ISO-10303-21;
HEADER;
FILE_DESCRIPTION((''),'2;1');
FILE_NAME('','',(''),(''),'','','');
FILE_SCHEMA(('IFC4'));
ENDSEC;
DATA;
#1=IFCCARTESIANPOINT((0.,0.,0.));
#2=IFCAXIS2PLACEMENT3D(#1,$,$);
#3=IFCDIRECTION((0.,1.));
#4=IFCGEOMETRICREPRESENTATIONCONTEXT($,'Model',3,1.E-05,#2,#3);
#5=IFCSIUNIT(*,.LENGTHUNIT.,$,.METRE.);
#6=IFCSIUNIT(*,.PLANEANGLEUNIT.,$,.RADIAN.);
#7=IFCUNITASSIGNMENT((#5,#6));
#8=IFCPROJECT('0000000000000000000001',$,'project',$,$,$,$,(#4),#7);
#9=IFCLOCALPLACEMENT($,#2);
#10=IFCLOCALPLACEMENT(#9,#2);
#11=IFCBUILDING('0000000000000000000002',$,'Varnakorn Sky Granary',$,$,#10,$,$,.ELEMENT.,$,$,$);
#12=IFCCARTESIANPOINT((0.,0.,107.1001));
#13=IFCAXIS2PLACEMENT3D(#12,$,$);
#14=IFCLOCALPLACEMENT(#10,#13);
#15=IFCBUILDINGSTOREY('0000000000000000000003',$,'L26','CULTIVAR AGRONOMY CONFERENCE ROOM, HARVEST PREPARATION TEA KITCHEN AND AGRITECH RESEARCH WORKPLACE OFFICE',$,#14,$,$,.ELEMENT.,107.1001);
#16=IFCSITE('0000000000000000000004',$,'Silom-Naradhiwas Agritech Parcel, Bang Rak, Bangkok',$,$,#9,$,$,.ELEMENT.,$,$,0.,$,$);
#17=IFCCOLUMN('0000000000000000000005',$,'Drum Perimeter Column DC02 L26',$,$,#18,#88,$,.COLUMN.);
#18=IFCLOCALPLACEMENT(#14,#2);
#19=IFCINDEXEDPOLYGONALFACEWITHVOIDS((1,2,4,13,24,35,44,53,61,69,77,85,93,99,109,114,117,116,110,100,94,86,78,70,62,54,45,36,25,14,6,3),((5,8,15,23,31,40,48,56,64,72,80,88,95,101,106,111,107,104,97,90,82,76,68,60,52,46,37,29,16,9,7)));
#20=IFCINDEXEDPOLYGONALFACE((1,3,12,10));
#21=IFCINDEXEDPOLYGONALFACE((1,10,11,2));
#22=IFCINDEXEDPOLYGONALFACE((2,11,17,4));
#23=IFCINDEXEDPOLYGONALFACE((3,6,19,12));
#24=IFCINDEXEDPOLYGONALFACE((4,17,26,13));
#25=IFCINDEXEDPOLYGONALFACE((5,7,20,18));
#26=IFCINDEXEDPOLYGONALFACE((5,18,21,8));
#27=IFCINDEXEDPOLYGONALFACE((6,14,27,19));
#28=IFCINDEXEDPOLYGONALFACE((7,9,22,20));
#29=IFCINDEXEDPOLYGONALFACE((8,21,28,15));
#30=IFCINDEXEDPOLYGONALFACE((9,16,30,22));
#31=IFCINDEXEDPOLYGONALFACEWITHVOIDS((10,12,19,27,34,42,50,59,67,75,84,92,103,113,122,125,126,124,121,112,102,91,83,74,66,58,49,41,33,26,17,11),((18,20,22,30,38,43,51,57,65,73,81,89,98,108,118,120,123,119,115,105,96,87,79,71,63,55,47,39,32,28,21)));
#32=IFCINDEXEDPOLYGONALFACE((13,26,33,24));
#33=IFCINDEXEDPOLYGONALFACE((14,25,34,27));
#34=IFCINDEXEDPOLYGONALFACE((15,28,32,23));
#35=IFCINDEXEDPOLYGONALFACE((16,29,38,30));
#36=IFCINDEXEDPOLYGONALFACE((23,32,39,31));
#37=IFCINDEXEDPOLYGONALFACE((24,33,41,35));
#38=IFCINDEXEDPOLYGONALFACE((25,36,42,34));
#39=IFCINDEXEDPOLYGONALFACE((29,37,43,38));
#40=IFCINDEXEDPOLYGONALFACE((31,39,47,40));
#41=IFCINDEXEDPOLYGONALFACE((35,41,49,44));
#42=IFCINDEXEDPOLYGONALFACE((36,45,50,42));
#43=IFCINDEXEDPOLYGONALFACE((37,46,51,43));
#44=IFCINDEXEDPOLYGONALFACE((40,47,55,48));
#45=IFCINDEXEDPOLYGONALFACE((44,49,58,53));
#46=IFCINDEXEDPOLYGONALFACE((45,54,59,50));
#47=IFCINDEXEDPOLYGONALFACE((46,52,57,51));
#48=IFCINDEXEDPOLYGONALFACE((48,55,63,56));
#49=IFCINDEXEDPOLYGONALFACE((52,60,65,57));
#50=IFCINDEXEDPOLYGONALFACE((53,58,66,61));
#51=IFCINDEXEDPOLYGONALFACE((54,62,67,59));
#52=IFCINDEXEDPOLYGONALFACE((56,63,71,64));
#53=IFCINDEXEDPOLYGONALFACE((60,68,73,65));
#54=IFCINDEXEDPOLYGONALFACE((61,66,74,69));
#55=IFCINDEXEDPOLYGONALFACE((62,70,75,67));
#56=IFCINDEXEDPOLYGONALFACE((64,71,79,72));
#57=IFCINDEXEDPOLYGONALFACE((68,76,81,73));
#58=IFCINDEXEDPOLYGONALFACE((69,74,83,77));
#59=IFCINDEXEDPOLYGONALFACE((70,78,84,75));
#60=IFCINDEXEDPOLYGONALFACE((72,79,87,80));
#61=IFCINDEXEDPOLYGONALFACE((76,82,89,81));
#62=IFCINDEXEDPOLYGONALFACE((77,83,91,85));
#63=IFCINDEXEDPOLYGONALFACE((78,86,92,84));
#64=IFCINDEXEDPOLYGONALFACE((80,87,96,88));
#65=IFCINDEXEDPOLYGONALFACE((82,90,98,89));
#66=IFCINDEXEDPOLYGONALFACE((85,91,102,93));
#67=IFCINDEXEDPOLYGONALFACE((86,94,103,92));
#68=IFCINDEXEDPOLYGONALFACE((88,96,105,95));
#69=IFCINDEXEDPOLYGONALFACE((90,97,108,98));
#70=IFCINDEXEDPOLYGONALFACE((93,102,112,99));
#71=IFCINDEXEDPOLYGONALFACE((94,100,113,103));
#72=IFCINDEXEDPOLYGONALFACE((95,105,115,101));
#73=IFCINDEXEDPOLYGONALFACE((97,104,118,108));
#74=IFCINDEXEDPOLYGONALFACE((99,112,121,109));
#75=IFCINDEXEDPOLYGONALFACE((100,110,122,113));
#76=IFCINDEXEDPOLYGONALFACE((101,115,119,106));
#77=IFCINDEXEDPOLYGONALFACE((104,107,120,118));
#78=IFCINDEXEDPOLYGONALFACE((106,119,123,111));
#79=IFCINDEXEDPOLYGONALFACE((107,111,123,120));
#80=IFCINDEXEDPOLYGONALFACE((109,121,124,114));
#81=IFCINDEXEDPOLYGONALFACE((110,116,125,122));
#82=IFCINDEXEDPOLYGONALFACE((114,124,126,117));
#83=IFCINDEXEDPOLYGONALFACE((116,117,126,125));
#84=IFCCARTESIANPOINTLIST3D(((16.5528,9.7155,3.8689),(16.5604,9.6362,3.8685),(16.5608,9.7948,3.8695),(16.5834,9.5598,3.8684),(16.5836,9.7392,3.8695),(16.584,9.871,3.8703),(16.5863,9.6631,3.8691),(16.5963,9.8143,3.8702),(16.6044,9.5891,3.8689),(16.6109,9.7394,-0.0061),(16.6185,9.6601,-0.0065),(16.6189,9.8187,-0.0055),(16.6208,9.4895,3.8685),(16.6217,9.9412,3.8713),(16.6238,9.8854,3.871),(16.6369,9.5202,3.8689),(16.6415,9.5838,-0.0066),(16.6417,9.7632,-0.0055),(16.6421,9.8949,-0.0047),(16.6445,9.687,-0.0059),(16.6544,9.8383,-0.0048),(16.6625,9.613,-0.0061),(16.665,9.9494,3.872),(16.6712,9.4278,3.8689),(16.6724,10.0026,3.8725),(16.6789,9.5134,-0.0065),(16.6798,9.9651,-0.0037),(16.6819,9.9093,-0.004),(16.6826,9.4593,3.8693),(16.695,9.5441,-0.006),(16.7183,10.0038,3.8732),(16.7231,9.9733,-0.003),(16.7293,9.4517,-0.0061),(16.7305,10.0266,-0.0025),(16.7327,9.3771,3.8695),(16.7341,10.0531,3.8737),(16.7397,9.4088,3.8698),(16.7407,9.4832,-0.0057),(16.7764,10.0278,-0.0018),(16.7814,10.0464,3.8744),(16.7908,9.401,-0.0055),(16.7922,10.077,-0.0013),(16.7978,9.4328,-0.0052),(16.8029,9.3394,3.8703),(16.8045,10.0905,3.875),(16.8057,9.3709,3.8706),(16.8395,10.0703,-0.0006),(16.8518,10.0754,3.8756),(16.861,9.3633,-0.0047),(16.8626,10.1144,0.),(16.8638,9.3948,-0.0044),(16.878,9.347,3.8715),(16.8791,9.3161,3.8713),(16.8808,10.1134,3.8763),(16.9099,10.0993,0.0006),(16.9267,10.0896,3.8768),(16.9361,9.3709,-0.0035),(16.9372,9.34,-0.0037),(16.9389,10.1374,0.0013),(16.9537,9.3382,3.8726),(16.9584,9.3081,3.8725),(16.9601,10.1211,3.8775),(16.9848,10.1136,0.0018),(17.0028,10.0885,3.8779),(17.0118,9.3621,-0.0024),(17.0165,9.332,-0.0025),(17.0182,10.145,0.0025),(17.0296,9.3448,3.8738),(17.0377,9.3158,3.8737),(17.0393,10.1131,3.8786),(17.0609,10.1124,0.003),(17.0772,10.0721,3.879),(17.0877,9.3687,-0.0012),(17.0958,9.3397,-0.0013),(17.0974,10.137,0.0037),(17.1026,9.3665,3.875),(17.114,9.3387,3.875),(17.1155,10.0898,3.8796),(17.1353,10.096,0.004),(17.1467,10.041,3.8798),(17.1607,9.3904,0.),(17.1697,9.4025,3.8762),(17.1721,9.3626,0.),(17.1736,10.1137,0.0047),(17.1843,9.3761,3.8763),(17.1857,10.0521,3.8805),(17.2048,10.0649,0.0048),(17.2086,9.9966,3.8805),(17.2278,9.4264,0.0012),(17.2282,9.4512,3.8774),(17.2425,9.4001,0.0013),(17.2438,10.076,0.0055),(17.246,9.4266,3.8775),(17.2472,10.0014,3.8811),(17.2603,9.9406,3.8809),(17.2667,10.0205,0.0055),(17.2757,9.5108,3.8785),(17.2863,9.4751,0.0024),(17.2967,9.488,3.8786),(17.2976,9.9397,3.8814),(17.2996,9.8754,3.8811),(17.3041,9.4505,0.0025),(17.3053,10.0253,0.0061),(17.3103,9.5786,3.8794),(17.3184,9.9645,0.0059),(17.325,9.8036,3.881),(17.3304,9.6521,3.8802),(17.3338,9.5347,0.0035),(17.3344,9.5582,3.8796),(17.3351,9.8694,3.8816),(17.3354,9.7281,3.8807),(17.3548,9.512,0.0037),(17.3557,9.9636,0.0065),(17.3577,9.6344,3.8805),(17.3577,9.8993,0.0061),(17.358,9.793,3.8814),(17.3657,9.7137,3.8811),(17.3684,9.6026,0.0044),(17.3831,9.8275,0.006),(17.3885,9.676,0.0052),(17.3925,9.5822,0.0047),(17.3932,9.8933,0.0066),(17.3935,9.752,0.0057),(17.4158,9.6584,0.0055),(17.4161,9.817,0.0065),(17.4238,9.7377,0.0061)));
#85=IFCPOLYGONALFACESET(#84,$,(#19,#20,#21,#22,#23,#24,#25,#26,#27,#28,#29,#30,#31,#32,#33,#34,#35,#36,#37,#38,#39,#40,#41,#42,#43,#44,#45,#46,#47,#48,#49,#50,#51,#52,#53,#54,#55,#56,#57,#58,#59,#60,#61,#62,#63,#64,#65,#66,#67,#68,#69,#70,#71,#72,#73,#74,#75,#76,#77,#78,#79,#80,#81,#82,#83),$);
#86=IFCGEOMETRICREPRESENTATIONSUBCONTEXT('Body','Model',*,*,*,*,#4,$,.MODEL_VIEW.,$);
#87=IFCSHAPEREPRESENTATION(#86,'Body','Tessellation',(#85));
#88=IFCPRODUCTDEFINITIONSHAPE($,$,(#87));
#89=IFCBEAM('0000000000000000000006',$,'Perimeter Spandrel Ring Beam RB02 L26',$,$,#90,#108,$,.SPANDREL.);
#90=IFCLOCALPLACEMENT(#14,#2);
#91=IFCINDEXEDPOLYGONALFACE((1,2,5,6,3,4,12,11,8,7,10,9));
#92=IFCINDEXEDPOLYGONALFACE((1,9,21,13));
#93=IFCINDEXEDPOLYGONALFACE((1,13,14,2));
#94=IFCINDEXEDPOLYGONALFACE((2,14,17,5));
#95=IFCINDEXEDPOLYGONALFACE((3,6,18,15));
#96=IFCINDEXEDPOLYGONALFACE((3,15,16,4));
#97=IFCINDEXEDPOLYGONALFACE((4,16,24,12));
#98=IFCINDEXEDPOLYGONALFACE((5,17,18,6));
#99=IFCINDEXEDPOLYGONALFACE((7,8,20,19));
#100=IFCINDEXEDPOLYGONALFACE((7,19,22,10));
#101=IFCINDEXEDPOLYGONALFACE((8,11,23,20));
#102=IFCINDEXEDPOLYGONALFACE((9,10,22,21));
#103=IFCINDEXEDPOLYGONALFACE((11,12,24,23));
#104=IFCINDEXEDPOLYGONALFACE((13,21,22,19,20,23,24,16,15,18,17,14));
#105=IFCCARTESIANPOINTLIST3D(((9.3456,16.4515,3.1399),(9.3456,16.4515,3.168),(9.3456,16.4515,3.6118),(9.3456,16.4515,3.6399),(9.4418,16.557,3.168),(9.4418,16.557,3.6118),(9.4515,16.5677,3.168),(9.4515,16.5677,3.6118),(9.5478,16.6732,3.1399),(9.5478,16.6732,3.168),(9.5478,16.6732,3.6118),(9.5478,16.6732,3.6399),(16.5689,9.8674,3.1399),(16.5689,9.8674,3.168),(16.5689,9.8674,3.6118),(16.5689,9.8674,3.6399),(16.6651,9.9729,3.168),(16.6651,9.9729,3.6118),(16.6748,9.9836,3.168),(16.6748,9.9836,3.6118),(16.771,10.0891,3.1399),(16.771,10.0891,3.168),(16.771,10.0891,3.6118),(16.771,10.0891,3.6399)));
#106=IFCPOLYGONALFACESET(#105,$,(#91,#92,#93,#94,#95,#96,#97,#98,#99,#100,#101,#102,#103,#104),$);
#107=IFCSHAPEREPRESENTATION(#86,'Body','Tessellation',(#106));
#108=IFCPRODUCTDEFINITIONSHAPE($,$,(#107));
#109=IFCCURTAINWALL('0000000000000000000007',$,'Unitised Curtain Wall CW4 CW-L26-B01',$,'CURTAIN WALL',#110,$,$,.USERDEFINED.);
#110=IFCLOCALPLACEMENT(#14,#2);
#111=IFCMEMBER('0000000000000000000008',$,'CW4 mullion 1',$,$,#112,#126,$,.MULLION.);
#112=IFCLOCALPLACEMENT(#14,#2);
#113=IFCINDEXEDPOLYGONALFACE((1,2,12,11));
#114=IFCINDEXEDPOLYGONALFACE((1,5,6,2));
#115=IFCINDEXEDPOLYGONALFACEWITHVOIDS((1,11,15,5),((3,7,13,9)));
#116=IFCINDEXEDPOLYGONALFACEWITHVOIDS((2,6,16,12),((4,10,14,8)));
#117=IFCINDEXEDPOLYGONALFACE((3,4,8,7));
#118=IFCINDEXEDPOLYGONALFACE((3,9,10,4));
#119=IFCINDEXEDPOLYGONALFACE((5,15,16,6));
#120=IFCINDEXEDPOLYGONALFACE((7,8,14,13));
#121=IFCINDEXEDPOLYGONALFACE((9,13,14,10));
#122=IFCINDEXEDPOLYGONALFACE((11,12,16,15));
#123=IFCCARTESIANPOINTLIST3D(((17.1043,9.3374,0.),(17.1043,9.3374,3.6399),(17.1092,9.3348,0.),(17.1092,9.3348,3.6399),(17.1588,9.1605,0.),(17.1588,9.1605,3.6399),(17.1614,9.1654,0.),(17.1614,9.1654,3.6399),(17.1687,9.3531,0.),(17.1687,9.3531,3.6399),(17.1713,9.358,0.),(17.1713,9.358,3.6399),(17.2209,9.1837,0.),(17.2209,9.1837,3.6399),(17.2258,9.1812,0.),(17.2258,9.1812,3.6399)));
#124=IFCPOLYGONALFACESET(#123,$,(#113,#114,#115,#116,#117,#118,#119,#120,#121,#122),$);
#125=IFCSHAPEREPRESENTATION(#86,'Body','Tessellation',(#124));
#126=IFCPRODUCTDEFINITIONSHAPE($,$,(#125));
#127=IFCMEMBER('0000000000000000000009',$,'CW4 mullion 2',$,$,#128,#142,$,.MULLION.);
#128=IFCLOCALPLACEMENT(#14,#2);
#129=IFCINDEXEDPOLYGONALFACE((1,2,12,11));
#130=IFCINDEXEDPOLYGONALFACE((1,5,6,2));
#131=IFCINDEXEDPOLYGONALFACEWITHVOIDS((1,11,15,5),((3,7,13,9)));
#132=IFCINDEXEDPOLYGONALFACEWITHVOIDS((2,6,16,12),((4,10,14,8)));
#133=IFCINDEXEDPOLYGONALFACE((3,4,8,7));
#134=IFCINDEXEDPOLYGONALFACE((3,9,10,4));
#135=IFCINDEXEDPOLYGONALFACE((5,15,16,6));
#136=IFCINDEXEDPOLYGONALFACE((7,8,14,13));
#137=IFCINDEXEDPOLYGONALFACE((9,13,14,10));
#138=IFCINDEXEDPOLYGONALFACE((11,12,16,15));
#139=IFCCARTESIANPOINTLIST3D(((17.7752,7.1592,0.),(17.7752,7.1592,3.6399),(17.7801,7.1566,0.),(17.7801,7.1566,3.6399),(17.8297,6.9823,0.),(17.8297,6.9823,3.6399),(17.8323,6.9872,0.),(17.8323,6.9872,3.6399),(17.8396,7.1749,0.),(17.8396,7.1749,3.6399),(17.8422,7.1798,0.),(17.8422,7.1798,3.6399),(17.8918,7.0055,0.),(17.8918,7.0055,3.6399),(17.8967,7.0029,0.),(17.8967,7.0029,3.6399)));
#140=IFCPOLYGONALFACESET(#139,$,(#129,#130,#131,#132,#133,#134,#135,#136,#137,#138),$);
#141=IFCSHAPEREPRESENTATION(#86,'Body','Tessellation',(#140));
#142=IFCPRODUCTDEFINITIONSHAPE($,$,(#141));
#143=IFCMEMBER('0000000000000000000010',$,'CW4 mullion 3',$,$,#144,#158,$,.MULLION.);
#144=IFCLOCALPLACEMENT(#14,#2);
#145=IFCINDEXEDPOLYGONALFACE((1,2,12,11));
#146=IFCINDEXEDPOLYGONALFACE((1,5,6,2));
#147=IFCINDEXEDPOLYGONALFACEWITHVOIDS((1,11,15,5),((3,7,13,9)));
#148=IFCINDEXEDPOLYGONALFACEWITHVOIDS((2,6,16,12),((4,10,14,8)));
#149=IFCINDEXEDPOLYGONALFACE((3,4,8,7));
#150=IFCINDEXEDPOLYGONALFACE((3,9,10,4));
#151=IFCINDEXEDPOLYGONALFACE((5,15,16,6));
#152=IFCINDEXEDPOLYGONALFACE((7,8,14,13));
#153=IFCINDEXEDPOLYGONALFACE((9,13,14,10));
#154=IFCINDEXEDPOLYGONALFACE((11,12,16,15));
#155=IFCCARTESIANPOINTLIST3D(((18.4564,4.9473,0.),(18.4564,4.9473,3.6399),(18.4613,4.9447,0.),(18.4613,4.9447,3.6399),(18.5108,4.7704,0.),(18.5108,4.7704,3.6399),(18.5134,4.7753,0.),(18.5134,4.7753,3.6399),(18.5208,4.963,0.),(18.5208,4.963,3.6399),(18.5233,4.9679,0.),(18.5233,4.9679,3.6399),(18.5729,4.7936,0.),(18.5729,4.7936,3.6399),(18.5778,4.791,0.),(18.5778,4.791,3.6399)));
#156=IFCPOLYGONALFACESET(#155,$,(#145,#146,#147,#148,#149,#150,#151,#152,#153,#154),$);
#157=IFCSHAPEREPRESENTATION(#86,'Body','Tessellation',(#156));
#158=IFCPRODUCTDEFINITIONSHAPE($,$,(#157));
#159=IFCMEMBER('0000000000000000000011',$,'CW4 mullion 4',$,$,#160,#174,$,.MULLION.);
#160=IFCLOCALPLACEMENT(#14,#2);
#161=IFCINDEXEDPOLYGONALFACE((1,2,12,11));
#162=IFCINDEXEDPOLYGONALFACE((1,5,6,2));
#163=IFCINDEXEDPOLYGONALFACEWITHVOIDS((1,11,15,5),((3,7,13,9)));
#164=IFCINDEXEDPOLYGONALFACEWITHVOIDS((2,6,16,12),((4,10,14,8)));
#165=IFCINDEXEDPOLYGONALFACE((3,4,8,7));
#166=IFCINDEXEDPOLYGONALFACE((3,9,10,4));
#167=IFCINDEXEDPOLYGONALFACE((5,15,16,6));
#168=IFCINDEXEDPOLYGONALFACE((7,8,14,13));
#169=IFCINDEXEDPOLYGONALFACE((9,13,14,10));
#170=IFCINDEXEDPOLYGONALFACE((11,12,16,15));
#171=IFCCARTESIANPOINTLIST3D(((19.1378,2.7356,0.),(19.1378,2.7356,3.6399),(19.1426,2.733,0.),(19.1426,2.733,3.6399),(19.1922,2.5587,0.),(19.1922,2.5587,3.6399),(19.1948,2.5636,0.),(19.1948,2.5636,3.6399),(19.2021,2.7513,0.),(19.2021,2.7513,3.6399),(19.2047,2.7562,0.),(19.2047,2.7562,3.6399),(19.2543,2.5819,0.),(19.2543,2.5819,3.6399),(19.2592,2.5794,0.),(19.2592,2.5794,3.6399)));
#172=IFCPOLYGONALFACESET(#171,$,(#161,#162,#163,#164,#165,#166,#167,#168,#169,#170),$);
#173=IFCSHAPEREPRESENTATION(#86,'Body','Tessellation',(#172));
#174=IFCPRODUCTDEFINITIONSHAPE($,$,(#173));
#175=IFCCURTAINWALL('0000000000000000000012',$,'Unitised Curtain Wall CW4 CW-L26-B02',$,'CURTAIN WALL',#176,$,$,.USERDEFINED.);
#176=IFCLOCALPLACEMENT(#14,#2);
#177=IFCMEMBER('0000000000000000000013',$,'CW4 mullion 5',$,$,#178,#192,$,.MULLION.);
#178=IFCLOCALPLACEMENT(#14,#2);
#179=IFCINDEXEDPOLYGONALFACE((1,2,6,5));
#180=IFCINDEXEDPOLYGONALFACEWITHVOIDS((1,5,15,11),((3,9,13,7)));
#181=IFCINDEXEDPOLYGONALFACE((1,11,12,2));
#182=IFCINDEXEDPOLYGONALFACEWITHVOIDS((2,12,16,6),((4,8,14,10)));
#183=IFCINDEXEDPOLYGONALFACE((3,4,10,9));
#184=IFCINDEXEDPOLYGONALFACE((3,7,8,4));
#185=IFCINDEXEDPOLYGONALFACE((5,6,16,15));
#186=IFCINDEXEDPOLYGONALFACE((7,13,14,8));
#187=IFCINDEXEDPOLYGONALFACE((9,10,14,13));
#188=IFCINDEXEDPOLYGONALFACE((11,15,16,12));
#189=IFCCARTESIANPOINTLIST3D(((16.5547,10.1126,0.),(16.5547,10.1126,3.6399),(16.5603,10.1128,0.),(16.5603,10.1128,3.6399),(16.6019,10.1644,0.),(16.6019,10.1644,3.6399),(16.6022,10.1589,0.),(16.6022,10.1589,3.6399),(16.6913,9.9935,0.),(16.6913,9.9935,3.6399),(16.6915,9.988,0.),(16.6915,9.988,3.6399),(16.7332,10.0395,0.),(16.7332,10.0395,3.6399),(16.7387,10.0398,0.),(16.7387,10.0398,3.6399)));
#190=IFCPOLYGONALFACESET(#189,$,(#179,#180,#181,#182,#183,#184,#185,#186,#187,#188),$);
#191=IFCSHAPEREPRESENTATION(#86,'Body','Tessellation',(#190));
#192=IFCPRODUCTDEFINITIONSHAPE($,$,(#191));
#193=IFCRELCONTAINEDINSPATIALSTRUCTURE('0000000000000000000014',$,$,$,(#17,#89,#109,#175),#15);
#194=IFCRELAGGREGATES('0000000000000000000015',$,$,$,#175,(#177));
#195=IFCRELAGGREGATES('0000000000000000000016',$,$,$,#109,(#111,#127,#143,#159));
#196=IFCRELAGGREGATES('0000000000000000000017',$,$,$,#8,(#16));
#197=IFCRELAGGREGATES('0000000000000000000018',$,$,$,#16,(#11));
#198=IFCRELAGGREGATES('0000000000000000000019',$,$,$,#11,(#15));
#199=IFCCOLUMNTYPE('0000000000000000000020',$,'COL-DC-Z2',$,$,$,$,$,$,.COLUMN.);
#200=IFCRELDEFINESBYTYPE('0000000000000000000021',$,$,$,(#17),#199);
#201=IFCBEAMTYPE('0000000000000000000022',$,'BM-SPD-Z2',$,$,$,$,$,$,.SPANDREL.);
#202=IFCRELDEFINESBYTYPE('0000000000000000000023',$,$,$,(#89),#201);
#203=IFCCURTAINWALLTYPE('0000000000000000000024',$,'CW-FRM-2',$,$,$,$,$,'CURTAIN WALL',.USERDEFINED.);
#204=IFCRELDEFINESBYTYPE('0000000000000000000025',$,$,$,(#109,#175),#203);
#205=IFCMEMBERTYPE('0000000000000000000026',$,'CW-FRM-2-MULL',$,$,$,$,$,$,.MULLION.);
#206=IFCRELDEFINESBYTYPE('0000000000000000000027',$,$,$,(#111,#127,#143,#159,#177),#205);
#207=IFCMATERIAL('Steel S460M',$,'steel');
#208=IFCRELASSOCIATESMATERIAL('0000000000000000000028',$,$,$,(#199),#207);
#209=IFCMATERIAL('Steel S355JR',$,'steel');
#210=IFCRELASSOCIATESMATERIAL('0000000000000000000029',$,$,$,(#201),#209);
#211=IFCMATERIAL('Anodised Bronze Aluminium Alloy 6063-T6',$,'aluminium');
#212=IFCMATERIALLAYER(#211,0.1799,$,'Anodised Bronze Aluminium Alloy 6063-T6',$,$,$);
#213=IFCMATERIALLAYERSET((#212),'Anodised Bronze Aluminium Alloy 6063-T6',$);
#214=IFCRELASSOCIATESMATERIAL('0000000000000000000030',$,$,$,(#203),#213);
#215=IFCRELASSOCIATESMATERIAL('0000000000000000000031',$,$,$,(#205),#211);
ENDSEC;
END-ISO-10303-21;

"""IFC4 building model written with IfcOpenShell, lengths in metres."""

from ifc_helpers import new_model, si_unit, direction, frame, origin, origin_2d, place, context, subcontext, project, spatial, hollow_rectangle, hollow_circle, i_section, extrude, material, layer, layer_set, material_profile, profile_set, type_object, element, aggregate, save


model = new_model("IFC4")

# Units and contexts
model_context = context("Model", 3, precision=1e-05, world=origin(), true_north=direction((0.0, 1.0)))
body_context = subcontext(model_context, "Body", "Model", "MODEL_VIEW")
ifc_project = project(units=[si_unit("LENGTHUNIT", "METRE"), si_unit("PLANEANGLEUNIT", "RADIAN")], contexts=[model_context])

# Site, building, storey
site_placement = place(None, origin())
site = spatial("IfcSite", under=ifc_project, at=site_placement, Name="Silom-Naradhiwas Agritech Parcel, Bang Rak, Bangkok", CompositionType="ELEMENT", RefElevation=0.0)
building_placement = place(site_placement, origin())
building = spatial("IfcBuilding", under=site, at=building_placement, Name="Varnakorn Sky Granary", CompositionType="ELEMENT")
storey_placement = place(building_placement, frame((0.0, 0.0, 107.1001)))
storey = spatial("IfcBuildingStorey", under=building, at=storey_placement, Name="L26", Description="CULTIVAR AGRONOMY CONFERENCE ROOM, HARVEST PREPARATION TEA KITCHEN AND AGRITECH RESEARCH WORKPLACE OFFICE", CompositionType="ELEMENT", Elevation=107.1001)

# Column
ifc_material_1 = material(Name="Steel S460M", Category="steel")
ifc_material_profile_1 = material_profile(ifc_material_1, hollow_circle(Radius=0.4065, WallThickness=0.03, at=origin_2d()), Name="CHS 813x30")
ifc_profile_set_1 = profile_set([ifc_material_profile_1], Name="Steel S460M")
column_type = type_object("IfcColumnType", Name="COL-DC-Z2", PredefinedType="COLUMN", material=ifc_profile_set_1)
column_placement = place(storey_placement, frame((17.0173, 9.7385, 0.0), z_axis=(-0.014993, -0.006174, 0.999869), x_axis=(0.38075, -0.924678, 0.0)))
element("IfcColumn", 1, at=column_placement, inside=storey, type_object=column_type, Name="Drum Perimeter Column DC02 L26", PredefinedType="COLUMN", context=body_context, shape_type="SweptSolid", body=[
    extrude(hollow_circle(Radius=0.4065, WallThickness=0.03, at=origin_2d()), origin(), (0.0, 0.0, 1.0), 3.8755),
])

# Beam
ifc_material_2 = material(Name="Steel S355JR", Category="steel")
ifc_material_profile_2 = material_profile(ifc_material_2, i_section(OverallWidth=0.3, OverallDepth=0.5, WebThickness=0.0144, FlangeThickness=0.0281, at=origin_2d()), Name="HE 500 B")
ifc_profile_set_2 = profile_set([ifc_material_profile_2], Name="Steel S355JR")
beam_type = type_object("IfcBeamType", Name="BM-SPD-Z2", PredefinedType="SPANDREL", material=ifc_profile_set_2)
beam_placement = place(storey_placement, frame((16.6699, 9.9783, 3.3899), z_axis=(-0.739049, 0.673652, 0.0), x_axis=(-0.673652, -0.739049, 0.0)))
element("IfcBeam", 2, at=beam_placement, inside=storey, type_object=beam_type, Name="Perimeter Spandrel Ring Beam RB02 L26", PredefinedType="SPANDREL", context=body_context, shape_type="SweptSolid", body=[
    extrude(i_section(OverallWidth=0.3, OverallDepth=0.5, WebThickness=0.0144, FlangeThickness=0.0281, at=origin_2d()), origin(), (0.0, 0.0, 1.0), 9.7737),
])

# Curtain wall, members
ifc_material_3 = material(Name="Anodised Bronze Aluminium Alloy 6063-T6", Category="aluminium")
ifc_layer_1 = layer(ifc_material_3, 0.1799, Name="Anodised Bronze Aluminium Alloy 6063-T6")
ifc_layer_set_1 = layer_set([ifc_layer_1], Name="Anodised Bronze Aluminium Alloy 6063-T6")
curtain_wall_type = type_object("IfcCurtainWallType", Name="CW-FRM-2", ElementType="CURTAIN WALL", PredefinedType="USERDEFINED", material=ifc_layer_set_1)
curtain_wall_1_placement = place(storey_placement, origin())
curtain_wall_1 = element("IfcCurtainWall", 3, at=curtain_wall_1_placement, inside=storey, type_object=curtain_wall_type, Name="Unitised Curtain Wall CW4 CW-L26-B01", ObjectType="CURTAIN WALL", PredefinedType="USERDEFINED")
ifc_material_profile_3 = material_profile(ifc_material_3, hollow_rectangle(XDim=0.0701, YDim=0.1851, WallThickness=0.0039, at=origin_2d()), Name="ALU MULL 70x185")
ifc_profile_set_3 = profile_set([ifc_material_profile_3], Name="Anodised Bronze Aluminium Alloy 6063-T6")
member_type_1 = type_object("IfcMemberType", Name="CW-FRM-2-MULL", PredefinedType="MULLION", material=ifc_profile_set_3)
member_1_placement = place(storey_placement, frame((17.165, 9.2593, 0.0), z_axis=(0.0, 0.0, 1.0), x_axis=(0.955692, 0.29437, 0.0)))
member_1 = element("IfcMember", 4, at=member_1_placement, type_object=member_type_1, Name="CW4 mullion 1", PredefinedType="MULLION", context=body_context, shape_type="SweptSolid", body=[
    extrude(hollow_rectangle(XDim=0.0701, YDim=0.1851, WallThickness=0.0039, at=origin_2d()), origin(), (0.0, 0.0, 1.0), 3.6399),
])
member_2_placement = place(storey_placement, frame((17.8359, 7.0811, 0.0), z_axis=(0.0, 0.0, 1.0), x_axis=(0.955692, 0.29437, 0.0)))
member_2 = element("IfcMember", 5, at=member_2_placement, type_object=member_type_1, Name="CW4 mullion 2", PredefinedType="MULLION", context=body_context, shape_type="SweptSolid", body=[
    extrude(hollow_rectangle(XDim=0.0701, YDim=0.1851, WallThickness=0.0039, at=origin_2d()), origin(), (0.0, 0.0, 1.0), 3.6399),
])
member_3_placement = place(storey_placement, frame((18.5171, 4.8691, 0.0), z_axis=(0.0, 0.0, 1.0), x_axis=(0.955692, 0.29437, 0.0)))
member_3 = element("IfcMember", 6, at=member_3_placement, type_object=member_type_1, Name="CW4 mullion 3", PredefinedType="MULLION", context=body_context, shape_type="SweptSolid", body=[
    extrude(hollow_rectangle(XDim=0.0701, YDim=0.1851, WallThickness=0.0039, at=origin_2d()), origin(), (0.0, 0.0, 1.0), 3.6399),
])
member_4_placement = place(storey_placement, frame((19.1985, 2.6575, 0.0), z_axis=(0.0, 0.0, 1.0), x_axis=(0.955692, 0.29437, 0.0)))
member_4 = element("IfcMember", 7, at=member_4_placement, type_object=member_type_1, Name="CW4 mullion 4", PredefinedType="MULLION", context=body_context, shape_type="SweptSolid", body=[
    extrude(hollow_rectangle(XDim=0.0701, YDim=0.1851, WallThickness=0.0039, at=origin_2d()), origin(), (0.0, 0.0, 1.0), 3.6399),
])

# Curtain wall, member
curtain_wall_2_placement = place(storey_placement, origin())
curtain_wall_2 = element("IfcCurtainWall", 8, at=curtain_wall_2_placement, inside=storey, type_object=curtain_wall_type, Name="Unitised Curtain Wall CW4 CW-L26-B02", ObjectType="CURTAIN WALL", PredefinedType="USERDEFINED")
member_5_placement = place(storey_placement, frame((16.6467, 10.0762, 0.0), z_axis=(0.0, 0.0, 1.0), x_axis=(0.673414, 0.739265, 0.0)))
member_5 = element("IfcMember", 9, at=member_5_placement, type_object=member_type_1, Name="CW4 mullion 5", PredefinedType="MULLION", context=body_context, shape_type="SweptSolid", body=[
    extrude(hollow_rectangle(XDim=0.0701, YDim=0.1851, WallThickness=0.0039, at=origin_2d()), origin(), (0.0, 0.0, 1.0), 3.6399),
])
aggregate(curtain_wall_2, [member_5])

aggregate(curtain_wall_1, [member_1, member_2, member_3, member_4])

save(model, "model.ifc")
